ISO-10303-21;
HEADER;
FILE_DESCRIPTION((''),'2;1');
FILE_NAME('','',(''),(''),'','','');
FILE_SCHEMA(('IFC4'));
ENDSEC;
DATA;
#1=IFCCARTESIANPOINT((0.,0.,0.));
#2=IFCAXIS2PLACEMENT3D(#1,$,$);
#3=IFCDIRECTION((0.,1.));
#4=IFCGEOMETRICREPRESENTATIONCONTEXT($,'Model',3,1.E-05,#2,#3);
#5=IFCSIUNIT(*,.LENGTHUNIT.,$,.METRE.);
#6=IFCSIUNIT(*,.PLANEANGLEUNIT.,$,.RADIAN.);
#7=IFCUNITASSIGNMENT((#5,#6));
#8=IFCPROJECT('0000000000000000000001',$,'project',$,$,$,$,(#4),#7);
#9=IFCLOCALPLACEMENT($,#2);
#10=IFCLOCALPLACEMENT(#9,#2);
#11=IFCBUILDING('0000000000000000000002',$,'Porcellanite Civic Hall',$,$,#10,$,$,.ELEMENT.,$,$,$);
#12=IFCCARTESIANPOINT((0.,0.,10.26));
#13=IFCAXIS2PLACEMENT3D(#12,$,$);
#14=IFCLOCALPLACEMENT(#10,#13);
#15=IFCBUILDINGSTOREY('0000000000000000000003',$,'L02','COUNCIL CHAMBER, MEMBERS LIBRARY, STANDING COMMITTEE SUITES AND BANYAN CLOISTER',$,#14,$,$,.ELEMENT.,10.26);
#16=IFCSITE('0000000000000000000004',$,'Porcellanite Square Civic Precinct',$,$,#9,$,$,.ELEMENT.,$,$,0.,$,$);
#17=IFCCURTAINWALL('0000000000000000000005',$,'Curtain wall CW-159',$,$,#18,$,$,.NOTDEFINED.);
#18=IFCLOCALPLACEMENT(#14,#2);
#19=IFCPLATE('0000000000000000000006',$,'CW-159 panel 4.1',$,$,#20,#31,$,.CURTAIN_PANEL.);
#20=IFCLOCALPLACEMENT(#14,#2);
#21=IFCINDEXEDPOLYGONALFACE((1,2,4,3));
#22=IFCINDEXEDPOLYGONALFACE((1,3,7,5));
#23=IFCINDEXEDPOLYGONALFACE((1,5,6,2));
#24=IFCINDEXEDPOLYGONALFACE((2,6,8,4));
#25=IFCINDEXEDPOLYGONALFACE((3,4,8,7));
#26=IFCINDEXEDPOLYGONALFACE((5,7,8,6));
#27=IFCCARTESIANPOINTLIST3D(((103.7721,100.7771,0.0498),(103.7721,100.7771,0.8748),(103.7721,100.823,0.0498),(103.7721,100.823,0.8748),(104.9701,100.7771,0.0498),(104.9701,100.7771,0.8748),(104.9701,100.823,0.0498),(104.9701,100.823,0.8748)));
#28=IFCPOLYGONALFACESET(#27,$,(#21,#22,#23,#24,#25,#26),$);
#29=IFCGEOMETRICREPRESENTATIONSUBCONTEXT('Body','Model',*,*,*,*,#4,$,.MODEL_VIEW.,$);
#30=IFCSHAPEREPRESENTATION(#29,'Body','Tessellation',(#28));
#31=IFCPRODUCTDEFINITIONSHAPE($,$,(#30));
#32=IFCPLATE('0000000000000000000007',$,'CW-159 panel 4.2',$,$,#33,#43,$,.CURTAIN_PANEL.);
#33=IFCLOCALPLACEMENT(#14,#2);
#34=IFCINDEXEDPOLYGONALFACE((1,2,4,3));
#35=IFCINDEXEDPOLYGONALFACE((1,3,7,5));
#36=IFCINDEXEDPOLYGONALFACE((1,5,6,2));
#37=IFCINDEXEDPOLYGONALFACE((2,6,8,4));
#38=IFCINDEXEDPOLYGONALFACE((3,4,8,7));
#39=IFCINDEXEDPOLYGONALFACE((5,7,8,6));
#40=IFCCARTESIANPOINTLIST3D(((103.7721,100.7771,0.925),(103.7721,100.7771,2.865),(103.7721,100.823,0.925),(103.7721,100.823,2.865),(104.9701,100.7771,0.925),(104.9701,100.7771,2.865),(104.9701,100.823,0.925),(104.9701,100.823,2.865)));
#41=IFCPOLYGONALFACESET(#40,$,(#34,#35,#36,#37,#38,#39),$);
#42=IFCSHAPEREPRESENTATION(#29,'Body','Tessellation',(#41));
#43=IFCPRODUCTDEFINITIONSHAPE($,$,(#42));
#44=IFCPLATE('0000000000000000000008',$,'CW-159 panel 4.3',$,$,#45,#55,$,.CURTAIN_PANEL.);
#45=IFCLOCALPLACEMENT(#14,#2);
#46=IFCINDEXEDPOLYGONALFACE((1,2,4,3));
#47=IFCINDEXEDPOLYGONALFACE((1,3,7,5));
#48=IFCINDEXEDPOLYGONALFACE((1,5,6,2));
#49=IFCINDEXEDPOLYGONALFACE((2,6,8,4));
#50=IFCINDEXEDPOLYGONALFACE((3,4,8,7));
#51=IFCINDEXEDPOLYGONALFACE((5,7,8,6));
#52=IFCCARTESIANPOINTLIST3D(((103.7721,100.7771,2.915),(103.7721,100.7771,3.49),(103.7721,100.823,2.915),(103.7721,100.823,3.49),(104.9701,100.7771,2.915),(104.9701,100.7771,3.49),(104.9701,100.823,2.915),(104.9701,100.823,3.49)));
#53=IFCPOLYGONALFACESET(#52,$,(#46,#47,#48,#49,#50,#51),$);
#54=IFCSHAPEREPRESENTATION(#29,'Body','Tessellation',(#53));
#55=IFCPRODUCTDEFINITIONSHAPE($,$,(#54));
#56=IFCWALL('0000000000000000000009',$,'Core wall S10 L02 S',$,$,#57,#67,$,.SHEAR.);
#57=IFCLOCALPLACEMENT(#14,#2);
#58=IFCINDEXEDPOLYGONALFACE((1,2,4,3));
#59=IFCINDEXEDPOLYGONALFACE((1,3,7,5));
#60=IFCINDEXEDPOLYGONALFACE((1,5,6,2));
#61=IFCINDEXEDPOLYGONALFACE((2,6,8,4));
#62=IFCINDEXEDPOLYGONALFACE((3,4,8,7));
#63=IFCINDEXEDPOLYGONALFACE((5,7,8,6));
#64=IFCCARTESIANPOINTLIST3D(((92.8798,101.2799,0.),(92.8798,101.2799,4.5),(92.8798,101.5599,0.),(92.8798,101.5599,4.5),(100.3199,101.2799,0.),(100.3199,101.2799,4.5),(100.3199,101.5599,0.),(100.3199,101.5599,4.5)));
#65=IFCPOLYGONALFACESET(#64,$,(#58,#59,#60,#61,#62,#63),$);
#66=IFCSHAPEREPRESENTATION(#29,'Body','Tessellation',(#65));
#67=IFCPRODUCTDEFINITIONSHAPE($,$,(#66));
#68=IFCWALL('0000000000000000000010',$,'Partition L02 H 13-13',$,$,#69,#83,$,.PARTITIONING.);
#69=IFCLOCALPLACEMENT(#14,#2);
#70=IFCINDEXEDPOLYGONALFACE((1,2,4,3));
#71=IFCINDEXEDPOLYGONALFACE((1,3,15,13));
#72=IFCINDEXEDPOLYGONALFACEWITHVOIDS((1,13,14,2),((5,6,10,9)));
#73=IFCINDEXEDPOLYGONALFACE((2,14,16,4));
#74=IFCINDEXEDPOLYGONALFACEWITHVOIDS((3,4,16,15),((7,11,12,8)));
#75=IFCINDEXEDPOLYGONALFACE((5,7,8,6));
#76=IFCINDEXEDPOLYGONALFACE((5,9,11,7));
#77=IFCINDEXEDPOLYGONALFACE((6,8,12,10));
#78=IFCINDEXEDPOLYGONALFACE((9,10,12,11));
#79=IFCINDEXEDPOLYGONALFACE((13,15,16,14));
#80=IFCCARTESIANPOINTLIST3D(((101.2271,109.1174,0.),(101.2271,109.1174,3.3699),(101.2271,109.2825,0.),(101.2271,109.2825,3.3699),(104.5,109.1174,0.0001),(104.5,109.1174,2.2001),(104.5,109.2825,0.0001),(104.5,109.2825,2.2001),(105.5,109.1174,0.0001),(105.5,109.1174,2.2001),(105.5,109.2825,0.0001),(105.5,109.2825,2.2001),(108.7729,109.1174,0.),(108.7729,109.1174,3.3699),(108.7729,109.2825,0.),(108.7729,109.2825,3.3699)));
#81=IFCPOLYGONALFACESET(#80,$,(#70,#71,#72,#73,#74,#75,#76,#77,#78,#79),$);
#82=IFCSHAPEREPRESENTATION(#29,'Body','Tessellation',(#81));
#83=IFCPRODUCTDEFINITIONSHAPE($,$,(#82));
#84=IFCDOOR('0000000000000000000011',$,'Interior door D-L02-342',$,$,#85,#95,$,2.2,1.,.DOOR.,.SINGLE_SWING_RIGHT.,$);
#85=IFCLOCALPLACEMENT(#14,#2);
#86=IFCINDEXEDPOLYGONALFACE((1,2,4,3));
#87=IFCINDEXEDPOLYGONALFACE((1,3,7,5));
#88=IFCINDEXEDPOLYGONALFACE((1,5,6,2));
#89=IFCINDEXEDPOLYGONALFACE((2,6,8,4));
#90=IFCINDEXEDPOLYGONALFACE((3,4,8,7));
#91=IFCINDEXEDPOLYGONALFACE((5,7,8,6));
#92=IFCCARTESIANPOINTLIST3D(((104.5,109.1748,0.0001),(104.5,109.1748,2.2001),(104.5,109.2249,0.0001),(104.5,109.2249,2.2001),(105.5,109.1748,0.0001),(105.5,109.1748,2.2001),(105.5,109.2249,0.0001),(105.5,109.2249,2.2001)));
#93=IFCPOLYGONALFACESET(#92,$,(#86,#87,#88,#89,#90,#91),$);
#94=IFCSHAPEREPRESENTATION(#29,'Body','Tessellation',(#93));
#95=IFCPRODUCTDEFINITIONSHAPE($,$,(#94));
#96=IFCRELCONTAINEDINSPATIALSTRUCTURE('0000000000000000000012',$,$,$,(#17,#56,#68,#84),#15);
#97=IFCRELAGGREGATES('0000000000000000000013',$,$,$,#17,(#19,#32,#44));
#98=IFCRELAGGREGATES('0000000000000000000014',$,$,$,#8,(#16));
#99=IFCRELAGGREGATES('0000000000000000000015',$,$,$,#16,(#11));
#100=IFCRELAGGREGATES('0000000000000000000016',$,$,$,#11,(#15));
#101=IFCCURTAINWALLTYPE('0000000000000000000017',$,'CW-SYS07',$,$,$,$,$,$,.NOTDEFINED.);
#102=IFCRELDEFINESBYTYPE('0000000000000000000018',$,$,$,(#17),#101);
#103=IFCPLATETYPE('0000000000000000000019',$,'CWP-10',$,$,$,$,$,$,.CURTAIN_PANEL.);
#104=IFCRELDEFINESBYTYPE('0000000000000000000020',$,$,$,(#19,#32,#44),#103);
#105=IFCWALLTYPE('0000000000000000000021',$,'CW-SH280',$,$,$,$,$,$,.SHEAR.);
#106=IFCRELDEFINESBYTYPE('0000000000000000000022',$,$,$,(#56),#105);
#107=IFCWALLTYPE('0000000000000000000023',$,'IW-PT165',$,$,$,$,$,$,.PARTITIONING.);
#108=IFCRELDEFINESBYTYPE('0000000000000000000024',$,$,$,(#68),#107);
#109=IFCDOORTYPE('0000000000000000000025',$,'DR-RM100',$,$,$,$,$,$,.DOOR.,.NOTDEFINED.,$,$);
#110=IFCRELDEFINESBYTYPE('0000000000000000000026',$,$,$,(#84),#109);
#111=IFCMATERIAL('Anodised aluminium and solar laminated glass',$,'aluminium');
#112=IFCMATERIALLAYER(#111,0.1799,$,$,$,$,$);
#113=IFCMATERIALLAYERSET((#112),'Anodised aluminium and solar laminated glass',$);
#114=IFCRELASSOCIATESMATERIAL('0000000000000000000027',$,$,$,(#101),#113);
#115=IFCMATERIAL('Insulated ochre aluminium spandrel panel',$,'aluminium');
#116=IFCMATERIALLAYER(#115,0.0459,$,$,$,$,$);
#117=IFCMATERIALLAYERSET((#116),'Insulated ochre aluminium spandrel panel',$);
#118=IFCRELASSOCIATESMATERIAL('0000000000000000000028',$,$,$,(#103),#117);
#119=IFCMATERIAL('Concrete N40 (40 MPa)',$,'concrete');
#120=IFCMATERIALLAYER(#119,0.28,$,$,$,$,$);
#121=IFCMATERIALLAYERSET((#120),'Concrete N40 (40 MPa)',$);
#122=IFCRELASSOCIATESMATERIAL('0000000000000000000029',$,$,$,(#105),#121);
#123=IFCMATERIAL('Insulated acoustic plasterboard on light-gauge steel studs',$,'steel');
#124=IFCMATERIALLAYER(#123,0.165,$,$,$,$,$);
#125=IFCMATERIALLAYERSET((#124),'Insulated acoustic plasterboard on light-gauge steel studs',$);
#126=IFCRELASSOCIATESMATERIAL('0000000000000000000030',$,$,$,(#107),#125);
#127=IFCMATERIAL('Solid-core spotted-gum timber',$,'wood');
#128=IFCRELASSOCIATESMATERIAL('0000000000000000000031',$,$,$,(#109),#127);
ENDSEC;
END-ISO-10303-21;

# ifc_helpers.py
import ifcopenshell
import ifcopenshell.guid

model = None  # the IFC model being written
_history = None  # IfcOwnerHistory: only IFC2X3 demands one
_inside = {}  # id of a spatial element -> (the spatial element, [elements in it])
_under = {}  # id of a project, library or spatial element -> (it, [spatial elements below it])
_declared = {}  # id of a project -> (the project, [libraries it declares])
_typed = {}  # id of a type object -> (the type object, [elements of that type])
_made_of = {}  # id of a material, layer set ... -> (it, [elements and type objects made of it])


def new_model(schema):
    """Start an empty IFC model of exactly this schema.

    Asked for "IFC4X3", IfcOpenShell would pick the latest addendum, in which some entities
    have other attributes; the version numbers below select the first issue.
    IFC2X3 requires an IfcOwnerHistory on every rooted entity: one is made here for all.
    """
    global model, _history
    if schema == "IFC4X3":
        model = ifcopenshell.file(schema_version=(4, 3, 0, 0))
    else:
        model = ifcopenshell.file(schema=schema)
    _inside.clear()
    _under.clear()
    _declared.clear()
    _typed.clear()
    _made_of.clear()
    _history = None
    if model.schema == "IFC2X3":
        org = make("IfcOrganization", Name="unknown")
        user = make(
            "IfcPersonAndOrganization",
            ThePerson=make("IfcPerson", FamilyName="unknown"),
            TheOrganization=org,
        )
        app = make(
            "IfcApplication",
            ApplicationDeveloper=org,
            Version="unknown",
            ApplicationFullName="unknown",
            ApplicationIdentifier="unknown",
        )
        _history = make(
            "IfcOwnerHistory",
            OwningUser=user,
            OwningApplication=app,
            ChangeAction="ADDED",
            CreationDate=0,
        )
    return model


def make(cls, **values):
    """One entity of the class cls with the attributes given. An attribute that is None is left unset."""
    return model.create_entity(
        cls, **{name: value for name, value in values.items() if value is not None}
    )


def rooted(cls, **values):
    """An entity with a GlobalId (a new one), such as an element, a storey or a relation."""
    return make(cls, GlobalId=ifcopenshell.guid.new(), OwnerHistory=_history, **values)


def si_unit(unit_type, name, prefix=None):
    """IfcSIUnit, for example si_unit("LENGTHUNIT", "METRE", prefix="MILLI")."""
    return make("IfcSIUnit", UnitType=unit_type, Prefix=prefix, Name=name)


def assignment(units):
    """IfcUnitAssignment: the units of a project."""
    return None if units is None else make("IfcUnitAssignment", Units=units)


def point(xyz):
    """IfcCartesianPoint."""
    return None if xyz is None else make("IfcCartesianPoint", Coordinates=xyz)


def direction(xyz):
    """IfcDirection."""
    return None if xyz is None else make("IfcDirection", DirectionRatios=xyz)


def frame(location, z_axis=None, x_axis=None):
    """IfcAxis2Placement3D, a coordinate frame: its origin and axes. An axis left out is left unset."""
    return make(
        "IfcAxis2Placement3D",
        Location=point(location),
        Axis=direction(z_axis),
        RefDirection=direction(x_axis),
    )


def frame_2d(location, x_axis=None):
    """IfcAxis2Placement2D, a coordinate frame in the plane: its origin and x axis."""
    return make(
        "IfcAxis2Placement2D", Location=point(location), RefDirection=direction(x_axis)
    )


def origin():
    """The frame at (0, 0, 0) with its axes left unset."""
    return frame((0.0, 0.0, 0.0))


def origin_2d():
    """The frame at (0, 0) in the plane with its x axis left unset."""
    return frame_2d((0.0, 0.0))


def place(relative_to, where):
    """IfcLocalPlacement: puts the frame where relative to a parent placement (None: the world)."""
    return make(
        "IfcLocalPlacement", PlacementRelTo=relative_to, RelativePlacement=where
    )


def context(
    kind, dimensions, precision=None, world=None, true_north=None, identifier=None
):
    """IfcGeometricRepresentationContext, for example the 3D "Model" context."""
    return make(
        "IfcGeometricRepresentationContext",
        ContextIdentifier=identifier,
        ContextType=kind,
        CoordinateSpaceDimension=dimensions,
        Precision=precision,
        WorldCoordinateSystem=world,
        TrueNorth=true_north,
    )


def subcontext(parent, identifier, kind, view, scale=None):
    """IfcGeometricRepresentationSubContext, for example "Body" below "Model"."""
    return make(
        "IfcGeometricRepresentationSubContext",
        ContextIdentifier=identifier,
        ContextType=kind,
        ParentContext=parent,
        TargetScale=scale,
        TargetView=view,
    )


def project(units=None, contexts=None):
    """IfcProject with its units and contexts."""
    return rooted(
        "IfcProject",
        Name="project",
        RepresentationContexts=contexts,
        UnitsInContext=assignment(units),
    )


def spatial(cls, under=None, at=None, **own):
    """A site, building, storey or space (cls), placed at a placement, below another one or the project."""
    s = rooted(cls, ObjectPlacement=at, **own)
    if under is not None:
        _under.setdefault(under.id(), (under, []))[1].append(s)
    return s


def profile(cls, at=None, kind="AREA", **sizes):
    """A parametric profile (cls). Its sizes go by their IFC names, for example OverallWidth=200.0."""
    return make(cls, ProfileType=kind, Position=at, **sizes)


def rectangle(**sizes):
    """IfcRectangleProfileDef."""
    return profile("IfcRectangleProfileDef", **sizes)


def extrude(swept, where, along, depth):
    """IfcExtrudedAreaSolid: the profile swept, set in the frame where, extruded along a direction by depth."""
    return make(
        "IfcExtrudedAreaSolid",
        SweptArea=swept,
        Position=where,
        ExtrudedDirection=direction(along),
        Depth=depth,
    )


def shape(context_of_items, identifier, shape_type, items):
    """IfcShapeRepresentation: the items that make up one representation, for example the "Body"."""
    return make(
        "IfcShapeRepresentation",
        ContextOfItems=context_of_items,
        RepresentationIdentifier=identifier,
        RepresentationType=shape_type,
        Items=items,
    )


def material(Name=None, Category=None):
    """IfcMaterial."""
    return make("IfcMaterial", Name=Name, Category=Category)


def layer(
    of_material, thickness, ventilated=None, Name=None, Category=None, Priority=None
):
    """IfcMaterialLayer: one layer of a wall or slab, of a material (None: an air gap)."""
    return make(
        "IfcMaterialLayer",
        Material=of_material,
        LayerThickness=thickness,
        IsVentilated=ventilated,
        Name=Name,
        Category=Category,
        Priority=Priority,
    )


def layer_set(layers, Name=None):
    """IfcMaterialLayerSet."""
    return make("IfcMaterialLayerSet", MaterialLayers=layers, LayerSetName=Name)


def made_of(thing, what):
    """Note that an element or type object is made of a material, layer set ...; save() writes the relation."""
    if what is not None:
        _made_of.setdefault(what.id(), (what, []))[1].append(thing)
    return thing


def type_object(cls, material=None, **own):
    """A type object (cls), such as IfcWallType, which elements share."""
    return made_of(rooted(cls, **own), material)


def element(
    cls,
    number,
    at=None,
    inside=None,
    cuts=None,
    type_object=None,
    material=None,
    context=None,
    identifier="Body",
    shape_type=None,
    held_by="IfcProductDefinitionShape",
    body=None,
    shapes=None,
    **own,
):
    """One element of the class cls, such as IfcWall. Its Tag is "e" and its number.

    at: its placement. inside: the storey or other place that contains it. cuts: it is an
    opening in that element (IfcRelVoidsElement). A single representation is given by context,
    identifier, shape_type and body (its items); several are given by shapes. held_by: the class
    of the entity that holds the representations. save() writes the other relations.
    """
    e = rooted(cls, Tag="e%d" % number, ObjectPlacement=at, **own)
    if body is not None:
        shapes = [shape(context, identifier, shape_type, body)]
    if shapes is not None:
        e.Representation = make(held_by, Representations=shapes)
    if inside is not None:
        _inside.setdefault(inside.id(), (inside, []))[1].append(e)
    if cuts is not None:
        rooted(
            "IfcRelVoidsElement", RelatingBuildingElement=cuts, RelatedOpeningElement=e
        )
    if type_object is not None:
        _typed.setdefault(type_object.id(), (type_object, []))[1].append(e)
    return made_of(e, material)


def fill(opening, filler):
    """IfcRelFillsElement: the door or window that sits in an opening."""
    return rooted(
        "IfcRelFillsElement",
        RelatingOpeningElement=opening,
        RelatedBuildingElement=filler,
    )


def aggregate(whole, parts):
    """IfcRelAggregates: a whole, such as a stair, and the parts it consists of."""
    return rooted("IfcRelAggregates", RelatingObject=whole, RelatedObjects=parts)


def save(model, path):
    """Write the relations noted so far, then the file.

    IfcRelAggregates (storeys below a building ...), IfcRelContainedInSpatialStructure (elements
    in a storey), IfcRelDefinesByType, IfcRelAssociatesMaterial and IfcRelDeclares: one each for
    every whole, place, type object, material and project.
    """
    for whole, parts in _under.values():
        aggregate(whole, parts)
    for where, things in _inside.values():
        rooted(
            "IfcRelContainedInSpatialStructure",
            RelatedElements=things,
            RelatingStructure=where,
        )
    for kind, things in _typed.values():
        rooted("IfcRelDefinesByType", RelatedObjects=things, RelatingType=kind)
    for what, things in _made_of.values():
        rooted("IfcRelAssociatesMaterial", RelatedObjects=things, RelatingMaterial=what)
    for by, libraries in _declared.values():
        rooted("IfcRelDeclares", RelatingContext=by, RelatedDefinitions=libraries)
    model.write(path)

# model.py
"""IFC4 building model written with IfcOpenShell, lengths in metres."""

from ifc_helpers import new_model, si_unit, direction, frame, frame_2d, origin, origin_2d, place, context, subcontext, project, spatial, rectangle, extrude, material, layer, layer_set, type_object, element, fill, aggregate, save


model = new_model("IFC4")

# Units and contexts
model_context = context("Model", 3, precision=1e-05, world=origin(), true_north=direction((0.0, 1.0)))
body_context = subcontext(model_context, "Body", "Model", "MODEL_VIEW")
ifc_project = project(units=[si_unit("LENGTHUNIT", "METRE"), si_unit("PLANEANGLEUNIT", "RADIAN")], contexts=[model_context])

# Site, building, storey
site_placement = place(None, origin())
site = spatial("IfcSite", under=ifc_project, at=site_placement, Name="Porcellanite Square Civic Precinct", CompositionType="ELEMENT", RefElevation=0.0)
building_placement = place(site_placement, origin())
building = spatial("IfcBuilding", under=site, at=building_placement, Name="Porcellanite Civic Hall", CompositionType="ELEMENT")
storey_placement = place(building_placement, frame((0.0, 0.0, 10.26)))
storey = spatial("IfcBuildingStorey", under=building, at=storey_placement, Name="L02", Description="COUNCIL CHAMBER, MEMBERS LIBRARY, STANDING COMMITTEE SUITES AND BANYAN CLOISTER", CompositionType="ELEMENT", Elevation=10.26)

# Curtain wall
ifc_material_1 = material(Name="Anodised aluminium and solar laminated glass", Category="aluminium")
ifc_layer_1 = layer(ifc_material_1, 0.1799)
ifc_layer_set_1 = layer_set([ifc_layer_1], Name="Anodised aluminium and solar laminated glass")
curtain_wall_type = type_object("IfcCurtainWallType", Name="CW-SYS07", PredefinedType="NOTDEFINED", material=ifc_layer_set_1)
curtain_wall_placement = place(storey_placement, origin())
curtain_wall = element("IfcCurtainWall", 1, at=curtain_wall_placement, inside=storey, type_object=curtain_wall_type, Name="Curtain wall CW-159", PredefinedType="NOTDEFINED")

# Plates
ifc_material_2 = material(Name="Insulated ochre aluminium spandrel panel", Category="aluminium")
ifc_layer_2 = layer(ifc_material_2, 0.0459)
ifc_layer_set_2 = layer_set([ifc_layer_2], Name="Insulated ochre aluminium spandrel panel")
plate_type = type_object("IfcPlateType", Name="CWP-10", PredefinedType="CURTAIN_PANEL", material=ifc_layer_set_2)
plate_1_placement = place(storey_placement, frame((104.3711, 100.8, 0.0498), z_axis=(0.0, 0.0, 1.0), x_axis=(-1.0, 0.0, 0.0)))
plate_1 = element("IfcPlate", 2, at=plate_1_placement, type_object=plate_type, Name="CW-159 panel 4.1", PredefinedType="CURTAIN_PANEL", context=body_context, shape_type="SweptSolid", body=[
    extrude(rectangle(XDim=1.198, YDim=0.0459, at=origin_2d()), origin(), (0.0, 0.0, 1.0), 0.825),
])
plate_2_placement = place(storey_placement, frame((104.3711, 100.8, 0.925), z_axis=(0.0, 0.0, 1.0), x_axis=(-1.0, 0.0, 0.0)))
plate_2 = element("IfcPlate", 3, at=plate_2_placement, type_object=plate_type, Name="CW-159 panel 4.2", PredefinedType="CURTAIN_PANEL", context=body_context, shape_type="SweptSolid", body=[
    extrude(rectangle(XDim=1.198, YDim=0.0459, at=origin_2d()), origin(), (0.0, 0.0, 1.0), 1.9399),
])
plate_3_placement = place(storey_placement, frame((104.3711, 100.8, 2.915), z_axis=(0.0, 0.0, 1.0), x_axis=(-1.0, 0.0, 0.0)))
plate_3 = element("IfcPlate", 4, at=plate_3_placement, type_object=plate_type, Name="CW-159 panel 4.3", PredefinedType="CURTAIN_PANEL", context=body_context, shape_type="SweptSolid", body=[
    extrude(rectangle(XDim=1.198, YDim=0.0459, at=origin_2d()), origin(), (0.0, 0.0, 1.0), 0.575),
])
aggregate(curtain_wall, [plate_1, plate_2, plate_3])

# Wall
ifc_material_3 = material(Name="Concrete N40 (40 MPa)", Category="concrete")
ifc_layer_3 = layer(ifc_material_3, 0.28)
ifc_layer_set_3 = layer_set([ifc_layer_3], Name="Concrete N40 (40 MPa)")
wall_type_1 = type_object("IfcWallType", Name="CW-SH280", PredefinedType="SHEAR", material=ifc_layer_set_3)
wall_1_placement = place(storey_placement, frame((100.3201, 101.4199, 0.0), z_axis=(0.0, 0.0, 1.0), x_axis=(-1.0, 0.0, 0.0)))
element("IfcWall", 5, at=wall_1_placement, inside=storey, type_object=wall_type_1, Name="Core wall S10 L02 S", PredefinedType="SHEAR", context=body_context, shape_type="SweptSolid", body=[
    extrude(rectangle(XDim=7.4402, YDim=0.28, at=frame_2d((3.7202, 0.0))), origin(), (0.0, 0.0, 1.0), 4.5),
])

# Wall, opening, door
ifc_material_4 = material(Name="Insulated acoustic plasterboard on light-gauge steel studs", Category="steel")
ifc_layer_4 = layer(ifc_material_4, 0.165)
ifc_layer_set_4 = layer_set([ifc_layer_4], Name="Insulated acoustic plasterboard on light-gauge steel studs")
wall_type_2 = type_object("IfcWallType", Name="IW-PT165", PredefinedType="PARTITIONING", material=ifc_layer_set_4)
wall_2_placement = place(storey_placement, frame((101.2271, 109.2, 0.0), z_axis=(0.0, 0.0, 1.0), x_axis=(1.0, 0.0, 0.0)))
wall_2 = element("IfcWall", 6, at=wall_2_placement, inside=storey, type_object=wall_type_2, Name="Partition L02 H 13-13", PredefinedType="PARTITIONING", context=body_context, shape_type="SweptSolid", body=[
    extrude(rectangle(XDim=7.5459, YDim=0.165, at=frame_2d((3.7729, 0.0))), origin(), (0.0, 0.0, 1.0), 3.3699),
])
opening_1_placement = place(wall_2_placement, frame((3.2729, 0.0, 0.0)))
opening_1 = element("IfcOpeningElement", 7, at=opening_1_placement, cuts=wall_2, PredefinedType="OPENING", context=body_context, shape_type="SweptSolid", body=[
    extrude(rectangle(XDim=1.0, YDim=2.2, at=frame_2d((0.5, 1.1001))), frame((0.0, 0.0825, 0.0), z_axis=(0.0, -1.0, 0.0), x_axis=(1.0, 0.0, 0.0)), (0.0, 0.0, 1.0), 0.165),
])
ifc_material_5 = material(Name="Solid-core spotted-gum timber", Category="wood")
door_type_1 = type_object("IfcDoorType", Name="DR-RM100", OperationType="NOTDEFINED", PredefinedType="DOOR", material=ifc_material_5)
door_1_placement = place(opening_1_placement, origin())
door_1 = element("IfcDoor", 8, at=door_1_placement, inside=storey, type_object=door_type_1, Name="Interior door D-L02-342", OperationType="SINGLE_SWING_RIGHT", OverallHeight=2.2, OverallWidth=1.0, PredefinedType="DOOR", context=body_context, shape_type="SweptSolid", body=[
    extrude(rectangle(XDim=1.0, YDim=2.2, at=frame_2d((0.5, 1.1001))), frame((0.0, 0.0249, 0.0), z_axis=(0.0, -1.0, 0.0), x_axis=(1.0, 0.0, 0.0)), (0.0, 0.0, 1.0), 0.05),
])
fill(opening_1, door_1)

save(model, "model.ifc")
